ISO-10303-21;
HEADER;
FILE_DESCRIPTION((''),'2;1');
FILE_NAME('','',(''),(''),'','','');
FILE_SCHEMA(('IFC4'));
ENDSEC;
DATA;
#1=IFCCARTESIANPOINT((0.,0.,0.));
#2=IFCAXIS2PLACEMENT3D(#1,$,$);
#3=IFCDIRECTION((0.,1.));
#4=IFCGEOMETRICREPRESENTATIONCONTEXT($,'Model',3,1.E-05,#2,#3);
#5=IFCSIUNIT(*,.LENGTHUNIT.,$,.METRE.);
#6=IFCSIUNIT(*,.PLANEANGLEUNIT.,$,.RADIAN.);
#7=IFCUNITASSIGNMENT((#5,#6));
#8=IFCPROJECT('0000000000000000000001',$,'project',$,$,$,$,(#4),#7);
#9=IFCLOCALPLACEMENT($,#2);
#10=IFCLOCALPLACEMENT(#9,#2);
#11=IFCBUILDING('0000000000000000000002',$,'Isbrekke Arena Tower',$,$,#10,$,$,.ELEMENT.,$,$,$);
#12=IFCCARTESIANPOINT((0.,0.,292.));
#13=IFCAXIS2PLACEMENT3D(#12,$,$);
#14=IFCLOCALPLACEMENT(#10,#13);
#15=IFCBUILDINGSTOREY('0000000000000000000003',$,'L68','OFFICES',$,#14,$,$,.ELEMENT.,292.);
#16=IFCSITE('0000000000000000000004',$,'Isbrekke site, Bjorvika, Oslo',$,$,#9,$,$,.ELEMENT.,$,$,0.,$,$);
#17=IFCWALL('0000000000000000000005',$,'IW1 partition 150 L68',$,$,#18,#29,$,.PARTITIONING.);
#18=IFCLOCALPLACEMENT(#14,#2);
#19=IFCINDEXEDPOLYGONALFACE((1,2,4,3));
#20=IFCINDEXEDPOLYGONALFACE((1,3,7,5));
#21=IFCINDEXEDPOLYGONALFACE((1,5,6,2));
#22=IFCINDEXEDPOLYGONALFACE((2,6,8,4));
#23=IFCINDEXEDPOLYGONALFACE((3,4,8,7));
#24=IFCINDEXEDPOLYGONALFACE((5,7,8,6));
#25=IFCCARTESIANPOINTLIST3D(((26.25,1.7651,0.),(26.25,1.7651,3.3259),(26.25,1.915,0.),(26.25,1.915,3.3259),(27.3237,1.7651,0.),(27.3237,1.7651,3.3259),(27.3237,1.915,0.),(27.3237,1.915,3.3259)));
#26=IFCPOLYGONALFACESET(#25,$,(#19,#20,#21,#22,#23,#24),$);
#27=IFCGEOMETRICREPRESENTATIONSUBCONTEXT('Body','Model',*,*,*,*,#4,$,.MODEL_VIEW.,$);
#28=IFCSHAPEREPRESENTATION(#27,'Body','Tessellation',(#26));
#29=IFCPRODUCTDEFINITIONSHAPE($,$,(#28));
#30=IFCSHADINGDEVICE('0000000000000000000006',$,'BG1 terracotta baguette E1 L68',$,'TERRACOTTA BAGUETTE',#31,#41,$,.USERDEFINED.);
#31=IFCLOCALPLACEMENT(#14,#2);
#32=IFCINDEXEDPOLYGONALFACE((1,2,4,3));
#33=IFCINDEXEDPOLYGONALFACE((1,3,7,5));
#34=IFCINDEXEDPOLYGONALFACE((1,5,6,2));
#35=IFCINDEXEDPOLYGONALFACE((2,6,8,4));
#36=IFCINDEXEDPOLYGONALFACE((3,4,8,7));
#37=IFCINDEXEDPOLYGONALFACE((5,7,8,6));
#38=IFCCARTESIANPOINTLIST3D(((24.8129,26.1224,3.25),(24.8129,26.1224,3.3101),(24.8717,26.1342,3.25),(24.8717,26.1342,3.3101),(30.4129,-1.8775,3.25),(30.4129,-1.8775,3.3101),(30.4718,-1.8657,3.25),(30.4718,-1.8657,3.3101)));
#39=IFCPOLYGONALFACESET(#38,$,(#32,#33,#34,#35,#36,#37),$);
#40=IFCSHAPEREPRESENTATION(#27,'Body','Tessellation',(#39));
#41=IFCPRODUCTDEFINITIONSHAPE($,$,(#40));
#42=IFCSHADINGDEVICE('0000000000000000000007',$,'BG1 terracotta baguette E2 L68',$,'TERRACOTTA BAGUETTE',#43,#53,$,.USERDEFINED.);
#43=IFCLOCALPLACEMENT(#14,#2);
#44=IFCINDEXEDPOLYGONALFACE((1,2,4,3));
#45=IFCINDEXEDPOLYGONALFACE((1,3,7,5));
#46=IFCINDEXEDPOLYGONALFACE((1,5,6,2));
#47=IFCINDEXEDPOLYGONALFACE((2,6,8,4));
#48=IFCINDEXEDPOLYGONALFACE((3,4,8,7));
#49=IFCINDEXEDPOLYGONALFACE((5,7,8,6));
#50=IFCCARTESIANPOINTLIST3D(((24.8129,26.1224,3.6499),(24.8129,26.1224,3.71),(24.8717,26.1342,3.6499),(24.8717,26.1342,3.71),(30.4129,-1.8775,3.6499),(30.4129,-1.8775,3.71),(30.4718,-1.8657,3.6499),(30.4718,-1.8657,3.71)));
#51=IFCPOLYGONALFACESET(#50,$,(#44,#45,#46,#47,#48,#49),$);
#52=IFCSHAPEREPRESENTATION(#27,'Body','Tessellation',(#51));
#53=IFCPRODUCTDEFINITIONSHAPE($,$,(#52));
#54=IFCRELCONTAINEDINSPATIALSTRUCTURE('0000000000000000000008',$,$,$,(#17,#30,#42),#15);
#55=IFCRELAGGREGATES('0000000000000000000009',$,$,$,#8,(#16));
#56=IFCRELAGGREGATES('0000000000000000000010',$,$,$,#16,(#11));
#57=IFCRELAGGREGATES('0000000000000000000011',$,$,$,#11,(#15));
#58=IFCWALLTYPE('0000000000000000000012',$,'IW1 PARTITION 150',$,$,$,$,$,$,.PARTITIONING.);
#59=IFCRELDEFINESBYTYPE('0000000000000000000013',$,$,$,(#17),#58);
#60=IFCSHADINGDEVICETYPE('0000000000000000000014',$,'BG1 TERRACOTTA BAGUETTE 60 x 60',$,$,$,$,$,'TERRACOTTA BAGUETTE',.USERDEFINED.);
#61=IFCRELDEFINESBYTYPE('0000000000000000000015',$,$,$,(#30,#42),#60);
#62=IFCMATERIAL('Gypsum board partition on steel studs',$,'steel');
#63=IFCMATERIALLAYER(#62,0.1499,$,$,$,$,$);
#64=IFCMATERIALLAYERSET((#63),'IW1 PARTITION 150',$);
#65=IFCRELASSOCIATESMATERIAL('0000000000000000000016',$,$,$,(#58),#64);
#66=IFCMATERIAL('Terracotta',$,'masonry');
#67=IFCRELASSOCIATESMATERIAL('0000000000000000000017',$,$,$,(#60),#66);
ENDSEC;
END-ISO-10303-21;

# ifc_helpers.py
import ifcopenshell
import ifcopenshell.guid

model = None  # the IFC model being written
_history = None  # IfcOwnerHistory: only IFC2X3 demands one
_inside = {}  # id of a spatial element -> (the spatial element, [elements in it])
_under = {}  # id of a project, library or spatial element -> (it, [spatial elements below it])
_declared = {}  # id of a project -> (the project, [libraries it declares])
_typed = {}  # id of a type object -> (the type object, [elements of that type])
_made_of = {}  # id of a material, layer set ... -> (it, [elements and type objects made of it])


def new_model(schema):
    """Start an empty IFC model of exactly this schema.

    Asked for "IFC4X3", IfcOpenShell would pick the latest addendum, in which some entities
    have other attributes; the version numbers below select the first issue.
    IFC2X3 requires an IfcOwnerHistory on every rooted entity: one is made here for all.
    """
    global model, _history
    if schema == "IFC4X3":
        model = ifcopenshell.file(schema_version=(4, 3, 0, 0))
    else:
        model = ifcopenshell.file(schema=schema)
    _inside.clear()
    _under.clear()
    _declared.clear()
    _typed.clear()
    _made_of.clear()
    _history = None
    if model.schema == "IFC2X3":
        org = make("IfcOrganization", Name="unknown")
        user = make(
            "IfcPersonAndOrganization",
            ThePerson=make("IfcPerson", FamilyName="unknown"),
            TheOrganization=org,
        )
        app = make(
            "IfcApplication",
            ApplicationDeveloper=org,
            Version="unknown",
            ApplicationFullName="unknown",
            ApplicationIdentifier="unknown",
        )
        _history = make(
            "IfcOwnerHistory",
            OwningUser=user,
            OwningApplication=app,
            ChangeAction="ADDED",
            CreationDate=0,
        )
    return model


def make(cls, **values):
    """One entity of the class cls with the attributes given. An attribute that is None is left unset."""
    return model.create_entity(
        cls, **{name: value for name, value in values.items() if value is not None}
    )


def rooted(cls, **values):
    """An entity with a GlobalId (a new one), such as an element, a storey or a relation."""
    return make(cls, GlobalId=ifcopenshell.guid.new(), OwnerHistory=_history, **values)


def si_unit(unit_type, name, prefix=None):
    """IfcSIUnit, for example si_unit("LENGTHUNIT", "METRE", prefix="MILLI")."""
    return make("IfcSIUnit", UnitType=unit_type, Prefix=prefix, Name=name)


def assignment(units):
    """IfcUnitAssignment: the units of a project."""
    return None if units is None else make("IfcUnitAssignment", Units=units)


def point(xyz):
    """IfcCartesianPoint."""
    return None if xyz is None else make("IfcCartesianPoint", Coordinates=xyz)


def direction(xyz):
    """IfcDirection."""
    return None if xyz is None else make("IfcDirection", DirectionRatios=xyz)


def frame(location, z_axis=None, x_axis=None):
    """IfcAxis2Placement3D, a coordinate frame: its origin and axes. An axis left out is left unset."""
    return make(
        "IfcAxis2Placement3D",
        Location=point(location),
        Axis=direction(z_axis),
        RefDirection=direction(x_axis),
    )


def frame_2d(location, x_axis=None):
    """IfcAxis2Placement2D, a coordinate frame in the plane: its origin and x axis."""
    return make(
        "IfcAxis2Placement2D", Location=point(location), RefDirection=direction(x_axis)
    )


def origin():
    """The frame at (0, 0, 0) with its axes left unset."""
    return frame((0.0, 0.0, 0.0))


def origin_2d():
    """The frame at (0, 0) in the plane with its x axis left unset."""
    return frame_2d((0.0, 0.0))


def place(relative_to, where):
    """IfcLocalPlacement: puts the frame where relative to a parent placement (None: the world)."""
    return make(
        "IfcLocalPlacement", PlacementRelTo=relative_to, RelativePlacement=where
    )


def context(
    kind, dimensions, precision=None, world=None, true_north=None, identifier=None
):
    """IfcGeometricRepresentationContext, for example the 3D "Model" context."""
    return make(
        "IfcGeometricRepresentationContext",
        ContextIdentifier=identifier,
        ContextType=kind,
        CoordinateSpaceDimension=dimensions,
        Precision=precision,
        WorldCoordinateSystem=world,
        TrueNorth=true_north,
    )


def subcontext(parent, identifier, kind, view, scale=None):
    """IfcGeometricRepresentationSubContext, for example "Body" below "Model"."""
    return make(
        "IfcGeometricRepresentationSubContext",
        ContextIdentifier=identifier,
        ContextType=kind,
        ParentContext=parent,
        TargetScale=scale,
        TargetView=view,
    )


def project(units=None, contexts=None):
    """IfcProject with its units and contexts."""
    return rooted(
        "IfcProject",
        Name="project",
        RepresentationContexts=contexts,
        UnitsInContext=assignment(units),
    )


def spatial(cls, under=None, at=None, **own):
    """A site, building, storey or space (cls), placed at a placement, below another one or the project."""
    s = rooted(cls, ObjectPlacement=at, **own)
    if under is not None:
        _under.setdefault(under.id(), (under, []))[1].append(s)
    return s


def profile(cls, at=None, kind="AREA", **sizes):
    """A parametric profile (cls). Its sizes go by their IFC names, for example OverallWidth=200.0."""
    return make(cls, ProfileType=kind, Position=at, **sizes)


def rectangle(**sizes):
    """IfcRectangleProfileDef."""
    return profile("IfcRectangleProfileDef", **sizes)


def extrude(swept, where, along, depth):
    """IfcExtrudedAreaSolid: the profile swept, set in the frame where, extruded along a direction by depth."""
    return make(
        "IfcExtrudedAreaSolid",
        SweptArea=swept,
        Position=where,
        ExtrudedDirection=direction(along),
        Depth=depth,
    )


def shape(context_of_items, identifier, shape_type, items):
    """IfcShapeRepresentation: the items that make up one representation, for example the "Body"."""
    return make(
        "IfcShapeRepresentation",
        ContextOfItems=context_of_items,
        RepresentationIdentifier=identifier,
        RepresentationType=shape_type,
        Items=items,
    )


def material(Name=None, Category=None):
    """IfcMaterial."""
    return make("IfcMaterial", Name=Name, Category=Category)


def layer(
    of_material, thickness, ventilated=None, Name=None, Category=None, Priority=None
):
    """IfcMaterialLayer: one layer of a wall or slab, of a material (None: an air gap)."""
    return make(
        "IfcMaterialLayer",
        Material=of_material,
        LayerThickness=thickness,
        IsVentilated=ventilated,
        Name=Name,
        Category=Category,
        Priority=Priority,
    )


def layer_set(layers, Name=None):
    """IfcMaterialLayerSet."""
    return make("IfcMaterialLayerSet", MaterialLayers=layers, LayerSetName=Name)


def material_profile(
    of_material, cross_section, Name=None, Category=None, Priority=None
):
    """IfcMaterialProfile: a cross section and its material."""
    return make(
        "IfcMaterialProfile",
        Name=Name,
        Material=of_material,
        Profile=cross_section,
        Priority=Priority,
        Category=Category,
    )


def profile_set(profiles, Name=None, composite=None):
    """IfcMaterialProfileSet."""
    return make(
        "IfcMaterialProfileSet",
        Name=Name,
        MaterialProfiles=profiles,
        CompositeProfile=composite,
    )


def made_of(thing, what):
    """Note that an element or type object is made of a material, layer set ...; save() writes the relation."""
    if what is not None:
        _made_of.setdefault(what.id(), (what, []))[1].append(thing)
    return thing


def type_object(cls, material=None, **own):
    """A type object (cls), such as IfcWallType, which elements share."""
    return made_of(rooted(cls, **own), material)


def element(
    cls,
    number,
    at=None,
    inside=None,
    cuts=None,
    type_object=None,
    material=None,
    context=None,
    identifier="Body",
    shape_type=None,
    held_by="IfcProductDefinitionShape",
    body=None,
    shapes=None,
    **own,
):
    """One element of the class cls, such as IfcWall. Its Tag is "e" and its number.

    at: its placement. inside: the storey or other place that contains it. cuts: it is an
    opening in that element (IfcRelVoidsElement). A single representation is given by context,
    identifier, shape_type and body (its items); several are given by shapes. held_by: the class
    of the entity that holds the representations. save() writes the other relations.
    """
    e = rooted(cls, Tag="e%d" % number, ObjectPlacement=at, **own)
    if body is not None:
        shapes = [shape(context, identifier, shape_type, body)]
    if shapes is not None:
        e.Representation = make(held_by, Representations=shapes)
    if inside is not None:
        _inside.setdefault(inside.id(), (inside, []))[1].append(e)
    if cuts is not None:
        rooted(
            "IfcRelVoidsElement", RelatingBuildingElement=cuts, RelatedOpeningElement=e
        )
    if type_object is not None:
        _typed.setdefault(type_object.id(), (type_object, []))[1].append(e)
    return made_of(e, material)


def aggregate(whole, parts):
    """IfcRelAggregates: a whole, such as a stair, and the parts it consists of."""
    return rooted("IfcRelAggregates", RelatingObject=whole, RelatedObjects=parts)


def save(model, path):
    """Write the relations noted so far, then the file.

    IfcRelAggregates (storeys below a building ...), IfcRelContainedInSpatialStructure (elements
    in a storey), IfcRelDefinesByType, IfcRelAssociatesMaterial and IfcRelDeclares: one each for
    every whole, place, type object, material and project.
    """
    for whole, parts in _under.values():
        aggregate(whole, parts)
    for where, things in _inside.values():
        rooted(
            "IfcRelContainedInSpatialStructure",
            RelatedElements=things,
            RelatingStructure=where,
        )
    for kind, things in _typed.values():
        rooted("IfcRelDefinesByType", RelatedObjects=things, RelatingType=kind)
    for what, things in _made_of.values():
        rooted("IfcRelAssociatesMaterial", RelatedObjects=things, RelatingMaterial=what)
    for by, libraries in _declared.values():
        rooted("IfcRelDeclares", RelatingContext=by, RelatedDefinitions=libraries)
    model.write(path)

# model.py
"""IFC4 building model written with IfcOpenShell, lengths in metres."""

from ifc_helpers import new_model, si_unit, direction, frame, frame_2d, origin, origin_2d, place, context, subcontext, project, spatial, rectangle, extrude, material, layer, layer_set, material_profile, profile_set, type_object, element, save


model = new_model("IFC4")

# Units and contexts
model_context = context("Model", 3, precision=1e-05, world=origin(), true_north=direction((0.0, 1.0)))
body_context = subcontext(model_context, "Body", "Model", "MODEL_VIEW")
ifc_project = project(units=[si_unit("LENGTHUNIT", "METRE"), si_unit("PLANEANGLEUNIT", "RADIAN")], contexts=[model_context])

# Site, building, storey
site_placement = place(None, origin())
site = spatial("IfcSite", under=ifc_project, at=site_placement, Name="Isbrekke site, Bjorvika, Oslo", CompositionType="ELEMENT", RefElevation=0.0)
building_placement = place(site_placement, origin())
building = spatial("IfcBuilding", under=site, at=building_placement, Name="Isbrekke Arena Tower", CompositionType="ELEMENT")
storey_placement = place(building_placement, frame((0.0, 0.0, 292.0)))
storey = spatial("IfcBuildingStorey", under=building, at=storey_placement, Name="L68", Description="OFFICES", CompositionType="ELEMENT", Elevation=292.0)

# Wall
ifc_material_1 = material(Name="Gypsum board partition on steel studs", Category="steel")
ifc_layer_1 = layer(ifc_material_1, 0.1499)
ifc_layer_set_1 = layer_set([ifc_layer_1], Name="IW1 PARTITION 150")
wall_type = type_object("IfcWallType", Name="IW1 PARTITION 150", PredefinedType="PARTITIONING", material=ifc_layer_set_1)
wall_placement = place(storey_placement, frame((26.25, 1.8401, 0.0), z_axis=(0.0, 0.0, 1.0), x_axis=(1.0, 0.0, 0.0)))
element("IfcWall", 1, at=wall_placement, inside=storey, type_object=wall_type, Name="IW1 partition 150 L68", PredefinedType="PARTITIONING", context=body_context, shape_type="SweptSolid", body=[
    extrude(rectangle(XDim=1.0737, YDim=0.1499, at=frame_2d((0.5369, 0.0))), origin(), (0.0, 0.0, 1.0), 3.3259),
])

# Shading devices
ifc_material_2 = material(Name="Terracotta", Category="masonry")
ifc_material_profile_1 = material_profile(ifc_material_2, rectangle(XDim=0.0601, YDim=0.0601, at=origin_2d()), Name="BAGUETTE 60X60")
ifc_profile_set_1 = profile_set([ifc_material_profile_1], Name="Terracotta")
shading_device_type = type_object("IfcShadingDeviceType", Name="BG1 TERRACOTTA BAGUETTE 60 x 60", ElementType="TERRACOTTA BAGUETTE", PredefinedType="USERDEFINED", material=ifc_profile_set_1)
for number, where, z_axis, x_axis, name in (
    (2, (30.4424, -1.8716, 3.28), (-0.196119, 0.98058, 0.0), (-0.98058, -0.196119, 0.0), "BG1 terracotta baguette E1 L68"),
    (3, (30.4424, -1.8716, 3.6799), (-0.196119, 0.98058, 0.0), (-0.98058, -0.196119, 0.0), "BG1 terracotta baguette E2 L68"),
):
    element("IfcShadingDevice", number, at=place(storey_placement, frame(where, z_axis=z_axis, x_axis=x_axis)), inside=storey, type_object=shading_device_type, Name=name, ObjectType="TERRACOTTA BAGUETTE", PredefinedType="USERDEFINED", context=body_context, shape_type="SweptSolid", body=[
        extrude(rectangle(XDim=0.0601, YDim=0.0601, at=origin_2d()), origin(), (0.0, 0.0, 1.0), 28.5544),
    ])

save(model, "model.ifc")
